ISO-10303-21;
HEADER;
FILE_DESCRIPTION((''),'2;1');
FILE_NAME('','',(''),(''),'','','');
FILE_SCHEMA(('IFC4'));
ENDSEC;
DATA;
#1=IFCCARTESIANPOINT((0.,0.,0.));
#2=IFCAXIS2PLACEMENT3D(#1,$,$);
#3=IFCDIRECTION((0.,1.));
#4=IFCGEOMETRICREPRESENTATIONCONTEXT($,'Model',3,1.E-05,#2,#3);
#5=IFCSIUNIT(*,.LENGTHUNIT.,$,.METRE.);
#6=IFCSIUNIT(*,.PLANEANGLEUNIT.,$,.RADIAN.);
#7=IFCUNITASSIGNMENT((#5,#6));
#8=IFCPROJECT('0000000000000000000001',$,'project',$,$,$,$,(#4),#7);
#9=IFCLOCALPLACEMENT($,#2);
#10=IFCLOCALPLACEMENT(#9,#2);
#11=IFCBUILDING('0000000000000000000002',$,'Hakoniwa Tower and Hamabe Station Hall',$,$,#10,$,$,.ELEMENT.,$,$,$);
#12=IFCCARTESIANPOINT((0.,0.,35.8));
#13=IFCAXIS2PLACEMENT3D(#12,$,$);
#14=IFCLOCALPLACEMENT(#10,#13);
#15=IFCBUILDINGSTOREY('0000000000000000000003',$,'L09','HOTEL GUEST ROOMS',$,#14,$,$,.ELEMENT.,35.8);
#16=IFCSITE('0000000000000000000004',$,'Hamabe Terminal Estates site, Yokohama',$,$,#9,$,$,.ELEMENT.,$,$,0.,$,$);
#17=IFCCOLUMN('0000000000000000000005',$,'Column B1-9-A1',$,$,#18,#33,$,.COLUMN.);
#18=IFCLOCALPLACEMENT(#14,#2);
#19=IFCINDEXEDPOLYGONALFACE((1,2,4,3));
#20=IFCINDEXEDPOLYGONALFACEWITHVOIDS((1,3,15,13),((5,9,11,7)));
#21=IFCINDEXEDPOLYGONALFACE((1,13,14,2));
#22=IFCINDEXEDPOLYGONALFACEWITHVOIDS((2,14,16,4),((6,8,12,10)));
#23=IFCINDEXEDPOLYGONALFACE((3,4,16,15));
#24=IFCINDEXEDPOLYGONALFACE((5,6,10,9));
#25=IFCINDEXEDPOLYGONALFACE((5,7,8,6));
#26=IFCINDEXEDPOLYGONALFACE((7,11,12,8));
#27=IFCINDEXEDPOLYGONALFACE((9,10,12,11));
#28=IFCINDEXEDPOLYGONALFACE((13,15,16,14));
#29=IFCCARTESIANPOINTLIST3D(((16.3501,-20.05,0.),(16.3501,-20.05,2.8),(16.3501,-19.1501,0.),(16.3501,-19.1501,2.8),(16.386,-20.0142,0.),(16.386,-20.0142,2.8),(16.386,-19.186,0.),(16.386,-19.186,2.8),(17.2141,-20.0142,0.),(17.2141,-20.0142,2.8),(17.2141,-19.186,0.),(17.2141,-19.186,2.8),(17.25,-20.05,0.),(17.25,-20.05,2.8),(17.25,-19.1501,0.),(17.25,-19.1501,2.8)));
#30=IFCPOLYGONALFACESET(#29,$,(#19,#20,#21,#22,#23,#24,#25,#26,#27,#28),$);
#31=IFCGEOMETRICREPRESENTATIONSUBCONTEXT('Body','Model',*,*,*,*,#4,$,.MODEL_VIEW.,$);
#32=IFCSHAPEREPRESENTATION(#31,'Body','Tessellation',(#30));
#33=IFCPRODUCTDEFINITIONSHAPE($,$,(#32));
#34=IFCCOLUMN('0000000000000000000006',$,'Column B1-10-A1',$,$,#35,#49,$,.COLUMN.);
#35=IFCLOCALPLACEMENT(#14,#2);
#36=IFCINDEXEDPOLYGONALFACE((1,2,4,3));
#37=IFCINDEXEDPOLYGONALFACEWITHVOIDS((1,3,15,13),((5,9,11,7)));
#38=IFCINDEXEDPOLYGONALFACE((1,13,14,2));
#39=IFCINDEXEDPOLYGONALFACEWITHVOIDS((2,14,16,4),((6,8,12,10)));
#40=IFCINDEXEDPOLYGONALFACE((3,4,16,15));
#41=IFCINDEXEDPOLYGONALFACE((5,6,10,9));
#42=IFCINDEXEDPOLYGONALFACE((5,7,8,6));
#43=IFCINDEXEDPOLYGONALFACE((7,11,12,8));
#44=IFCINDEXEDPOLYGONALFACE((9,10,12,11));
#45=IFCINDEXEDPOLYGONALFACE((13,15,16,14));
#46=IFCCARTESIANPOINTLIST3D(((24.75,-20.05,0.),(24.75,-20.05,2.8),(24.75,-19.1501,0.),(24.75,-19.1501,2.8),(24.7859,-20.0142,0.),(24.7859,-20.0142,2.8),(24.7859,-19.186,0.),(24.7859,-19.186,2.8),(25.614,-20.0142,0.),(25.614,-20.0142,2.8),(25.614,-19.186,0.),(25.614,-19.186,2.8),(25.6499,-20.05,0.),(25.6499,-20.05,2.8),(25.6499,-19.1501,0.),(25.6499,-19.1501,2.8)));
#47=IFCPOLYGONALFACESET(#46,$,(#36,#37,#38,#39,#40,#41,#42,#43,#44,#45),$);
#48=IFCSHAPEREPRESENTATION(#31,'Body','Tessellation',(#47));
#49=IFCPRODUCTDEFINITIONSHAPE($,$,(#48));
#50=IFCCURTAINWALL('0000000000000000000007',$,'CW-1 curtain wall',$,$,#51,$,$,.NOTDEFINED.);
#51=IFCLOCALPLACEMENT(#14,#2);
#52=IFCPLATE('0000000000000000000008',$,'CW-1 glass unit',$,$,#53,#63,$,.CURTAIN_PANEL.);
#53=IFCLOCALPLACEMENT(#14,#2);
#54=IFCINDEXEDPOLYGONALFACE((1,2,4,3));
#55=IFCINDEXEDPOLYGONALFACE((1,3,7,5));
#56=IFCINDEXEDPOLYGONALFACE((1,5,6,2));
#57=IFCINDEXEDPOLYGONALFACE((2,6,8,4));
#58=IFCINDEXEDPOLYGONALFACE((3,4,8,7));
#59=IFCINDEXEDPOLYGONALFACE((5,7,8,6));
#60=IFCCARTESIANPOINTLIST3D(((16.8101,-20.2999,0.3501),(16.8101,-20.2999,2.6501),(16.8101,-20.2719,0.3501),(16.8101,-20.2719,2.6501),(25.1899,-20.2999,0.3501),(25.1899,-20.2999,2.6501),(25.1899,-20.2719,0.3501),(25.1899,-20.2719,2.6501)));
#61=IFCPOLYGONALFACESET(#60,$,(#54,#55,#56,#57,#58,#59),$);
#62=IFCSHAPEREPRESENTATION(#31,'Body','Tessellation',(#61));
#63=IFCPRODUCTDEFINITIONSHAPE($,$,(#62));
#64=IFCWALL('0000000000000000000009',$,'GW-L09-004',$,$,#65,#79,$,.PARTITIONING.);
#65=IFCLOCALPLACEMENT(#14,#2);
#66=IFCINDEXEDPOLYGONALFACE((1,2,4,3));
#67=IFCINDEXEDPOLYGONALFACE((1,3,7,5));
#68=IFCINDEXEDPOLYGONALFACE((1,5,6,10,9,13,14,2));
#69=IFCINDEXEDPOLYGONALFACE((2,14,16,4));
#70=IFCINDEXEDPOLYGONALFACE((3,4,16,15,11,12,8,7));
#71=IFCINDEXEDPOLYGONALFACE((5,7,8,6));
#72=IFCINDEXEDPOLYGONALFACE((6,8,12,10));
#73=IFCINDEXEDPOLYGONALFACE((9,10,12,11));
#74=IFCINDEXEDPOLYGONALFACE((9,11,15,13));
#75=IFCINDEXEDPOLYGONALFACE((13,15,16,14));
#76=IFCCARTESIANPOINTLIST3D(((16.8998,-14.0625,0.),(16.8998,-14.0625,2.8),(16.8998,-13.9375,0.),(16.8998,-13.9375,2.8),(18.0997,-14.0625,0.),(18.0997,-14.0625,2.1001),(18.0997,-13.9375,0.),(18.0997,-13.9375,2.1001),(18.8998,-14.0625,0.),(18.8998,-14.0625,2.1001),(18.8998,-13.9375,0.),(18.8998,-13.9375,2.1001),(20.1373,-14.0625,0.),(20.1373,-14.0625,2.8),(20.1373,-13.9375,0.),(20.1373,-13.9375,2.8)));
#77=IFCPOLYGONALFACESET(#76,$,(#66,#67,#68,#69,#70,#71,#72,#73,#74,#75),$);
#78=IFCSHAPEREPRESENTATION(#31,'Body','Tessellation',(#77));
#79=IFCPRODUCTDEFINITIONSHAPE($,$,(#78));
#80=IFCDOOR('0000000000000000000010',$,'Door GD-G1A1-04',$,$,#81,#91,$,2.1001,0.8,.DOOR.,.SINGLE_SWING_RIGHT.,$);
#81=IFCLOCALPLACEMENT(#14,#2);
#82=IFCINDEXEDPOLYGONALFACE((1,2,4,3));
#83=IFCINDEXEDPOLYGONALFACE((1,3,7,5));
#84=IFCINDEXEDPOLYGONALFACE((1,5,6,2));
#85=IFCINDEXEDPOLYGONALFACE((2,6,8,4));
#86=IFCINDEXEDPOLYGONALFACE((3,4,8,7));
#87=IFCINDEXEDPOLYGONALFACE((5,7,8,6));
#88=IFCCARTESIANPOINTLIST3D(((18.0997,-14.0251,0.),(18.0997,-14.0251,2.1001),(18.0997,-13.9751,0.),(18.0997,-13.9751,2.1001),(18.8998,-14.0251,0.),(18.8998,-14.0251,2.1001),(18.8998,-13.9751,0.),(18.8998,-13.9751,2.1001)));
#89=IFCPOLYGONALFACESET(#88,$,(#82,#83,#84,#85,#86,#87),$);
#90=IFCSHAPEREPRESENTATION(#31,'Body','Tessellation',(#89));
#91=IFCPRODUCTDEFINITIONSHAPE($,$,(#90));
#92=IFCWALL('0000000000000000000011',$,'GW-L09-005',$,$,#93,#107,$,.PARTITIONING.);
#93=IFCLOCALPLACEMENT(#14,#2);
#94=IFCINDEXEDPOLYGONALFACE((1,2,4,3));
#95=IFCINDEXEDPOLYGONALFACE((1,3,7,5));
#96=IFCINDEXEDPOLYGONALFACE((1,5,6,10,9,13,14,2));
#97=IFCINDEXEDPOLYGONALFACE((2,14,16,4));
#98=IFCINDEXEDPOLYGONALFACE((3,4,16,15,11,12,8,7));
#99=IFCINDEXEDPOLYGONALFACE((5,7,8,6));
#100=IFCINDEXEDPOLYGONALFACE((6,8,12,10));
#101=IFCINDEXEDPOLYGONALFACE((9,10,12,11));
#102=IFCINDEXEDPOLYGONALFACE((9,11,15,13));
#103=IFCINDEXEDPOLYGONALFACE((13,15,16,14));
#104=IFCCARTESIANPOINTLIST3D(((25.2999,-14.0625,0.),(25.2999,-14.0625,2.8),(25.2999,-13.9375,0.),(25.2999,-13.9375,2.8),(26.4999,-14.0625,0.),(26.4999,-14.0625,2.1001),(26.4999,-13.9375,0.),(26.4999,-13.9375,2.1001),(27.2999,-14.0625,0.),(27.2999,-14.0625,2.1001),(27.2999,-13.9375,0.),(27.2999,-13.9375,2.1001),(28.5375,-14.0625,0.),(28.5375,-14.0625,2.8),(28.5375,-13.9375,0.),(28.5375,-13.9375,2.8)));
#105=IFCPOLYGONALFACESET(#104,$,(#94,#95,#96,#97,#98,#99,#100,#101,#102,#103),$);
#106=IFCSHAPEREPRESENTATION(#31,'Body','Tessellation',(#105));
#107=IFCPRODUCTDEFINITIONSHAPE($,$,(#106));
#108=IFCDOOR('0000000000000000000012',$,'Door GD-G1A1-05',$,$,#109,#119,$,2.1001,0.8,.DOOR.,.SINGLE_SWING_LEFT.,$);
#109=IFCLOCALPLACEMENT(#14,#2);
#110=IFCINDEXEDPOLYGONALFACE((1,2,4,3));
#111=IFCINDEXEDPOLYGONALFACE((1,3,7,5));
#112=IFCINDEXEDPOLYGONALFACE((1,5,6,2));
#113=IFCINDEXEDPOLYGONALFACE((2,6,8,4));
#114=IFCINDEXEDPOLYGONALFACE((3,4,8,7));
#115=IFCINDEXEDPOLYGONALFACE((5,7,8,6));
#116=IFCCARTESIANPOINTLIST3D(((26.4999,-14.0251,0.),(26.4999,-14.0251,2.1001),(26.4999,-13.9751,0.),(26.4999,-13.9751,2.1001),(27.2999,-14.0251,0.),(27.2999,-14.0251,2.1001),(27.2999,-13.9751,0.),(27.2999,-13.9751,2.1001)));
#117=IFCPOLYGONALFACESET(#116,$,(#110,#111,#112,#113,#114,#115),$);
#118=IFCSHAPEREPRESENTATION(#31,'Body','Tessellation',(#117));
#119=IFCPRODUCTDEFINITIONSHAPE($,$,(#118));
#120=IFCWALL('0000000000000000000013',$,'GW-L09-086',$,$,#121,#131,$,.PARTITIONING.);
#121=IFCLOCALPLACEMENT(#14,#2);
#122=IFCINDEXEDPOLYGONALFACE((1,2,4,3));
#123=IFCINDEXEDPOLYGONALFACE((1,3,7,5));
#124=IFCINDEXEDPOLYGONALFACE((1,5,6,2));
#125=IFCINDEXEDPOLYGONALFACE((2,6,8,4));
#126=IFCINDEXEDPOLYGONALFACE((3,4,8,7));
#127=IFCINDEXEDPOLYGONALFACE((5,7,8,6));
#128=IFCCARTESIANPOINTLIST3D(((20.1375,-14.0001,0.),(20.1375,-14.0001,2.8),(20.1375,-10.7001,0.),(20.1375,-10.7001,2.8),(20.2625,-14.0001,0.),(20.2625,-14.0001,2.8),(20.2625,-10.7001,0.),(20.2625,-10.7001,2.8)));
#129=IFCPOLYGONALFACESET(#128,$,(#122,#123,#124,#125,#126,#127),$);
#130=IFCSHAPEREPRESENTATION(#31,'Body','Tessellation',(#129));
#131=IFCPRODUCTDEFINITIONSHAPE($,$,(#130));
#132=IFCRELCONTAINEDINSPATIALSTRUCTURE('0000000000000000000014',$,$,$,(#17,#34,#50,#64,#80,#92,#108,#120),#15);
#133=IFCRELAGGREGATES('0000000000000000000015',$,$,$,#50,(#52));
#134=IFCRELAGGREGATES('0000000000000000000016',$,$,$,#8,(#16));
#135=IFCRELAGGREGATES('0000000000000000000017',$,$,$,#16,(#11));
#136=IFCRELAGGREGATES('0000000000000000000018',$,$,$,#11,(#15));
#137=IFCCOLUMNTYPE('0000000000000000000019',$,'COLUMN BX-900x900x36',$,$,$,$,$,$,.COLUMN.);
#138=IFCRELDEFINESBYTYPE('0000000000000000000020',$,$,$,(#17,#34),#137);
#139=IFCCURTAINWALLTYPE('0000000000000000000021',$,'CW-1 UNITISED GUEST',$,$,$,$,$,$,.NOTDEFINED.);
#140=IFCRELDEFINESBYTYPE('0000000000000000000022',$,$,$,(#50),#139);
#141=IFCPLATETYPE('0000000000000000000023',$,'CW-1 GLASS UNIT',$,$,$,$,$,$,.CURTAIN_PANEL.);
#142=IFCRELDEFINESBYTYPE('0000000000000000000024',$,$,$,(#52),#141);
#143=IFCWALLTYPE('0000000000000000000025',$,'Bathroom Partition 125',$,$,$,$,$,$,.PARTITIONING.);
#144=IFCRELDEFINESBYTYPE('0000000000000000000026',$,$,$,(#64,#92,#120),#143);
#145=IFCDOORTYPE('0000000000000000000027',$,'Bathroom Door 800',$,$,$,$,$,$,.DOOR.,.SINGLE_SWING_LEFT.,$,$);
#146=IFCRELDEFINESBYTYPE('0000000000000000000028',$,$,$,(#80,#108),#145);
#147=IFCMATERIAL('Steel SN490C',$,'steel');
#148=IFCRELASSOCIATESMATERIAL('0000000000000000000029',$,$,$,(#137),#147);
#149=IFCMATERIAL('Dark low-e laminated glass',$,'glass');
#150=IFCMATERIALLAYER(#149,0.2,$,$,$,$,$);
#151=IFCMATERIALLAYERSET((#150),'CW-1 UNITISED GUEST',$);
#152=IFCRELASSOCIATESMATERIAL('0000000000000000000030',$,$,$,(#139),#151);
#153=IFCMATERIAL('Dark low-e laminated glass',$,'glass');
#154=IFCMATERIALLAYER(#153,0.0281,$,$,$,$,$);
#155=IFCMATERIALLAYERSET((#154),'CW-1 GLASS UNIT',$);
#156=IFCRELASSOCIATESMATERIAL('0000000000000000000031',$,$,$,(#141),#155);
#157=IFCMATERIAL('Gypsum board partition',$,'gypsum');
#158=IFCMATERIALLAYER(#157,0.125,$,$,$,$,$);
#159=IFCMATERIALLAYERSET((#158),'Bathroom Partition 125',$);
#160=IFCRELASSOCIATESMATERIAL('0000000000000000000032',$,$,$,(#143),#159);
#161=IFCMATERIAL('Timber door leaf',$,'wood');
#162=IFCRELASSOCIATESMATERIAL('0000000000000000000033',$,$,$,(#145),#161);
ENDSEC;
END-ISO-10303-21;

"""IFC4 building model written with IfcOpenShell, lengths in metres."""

from ifc_helpers import new_model, si_unit, direction, frame, frame_2d, origin, origin_2d, place, context, subcontext, project, spatial, rectangle, hollow_rectangle, extrude, material, layer, layer_set, material_profile, profile_set, type_object, element, fill, aggregate, save


model = new_model("IFC4")

# Units and contexts
model_context = context("Model", 3, precision=1e-05, world=origin(), true_north=direction((0.0, 1.0)))
body_context = subcontext(model_context, "Body", "Model", "MODEL_VIEW")
ifc_project = project(units=[si_unit("LENGTHUNIT", "METRE"), si_unit("PLANEANGLEUNIT", "RADIAN")], contexts=[model_context])

# Site, building, storey
site_placement = place(None, origin())
site = spatial("IfcSite", under=ifc_project, at=site_placement, Name="Hamabe Terminal Estates site, Yokohama", CompositionType="ELEMENT", RefElevation=0.0)
building_placement = place(site_placement, origin())
building = spatial("IfcBuilding", under=site, at=building_placement, Name="Hakoniwa Tower and Hamabe Station Hall", CompositionType="ELEMENT")
storey_placement = place(building_placement, frame((0.0, 0.0, 35.8)))
storey = spatial("IfcBuildingStorey", under=building, at=storey_placement, Name="L09", Description="HOTEL GUEST ROOMS", CompositionType="ELEMENT", Elevation=35.8)

# Columns
ifc_material_1 = material(Name="Steel SN490C", Category="steel")
ifc_material_profile = material_profile(ifc_material_1, hollow_rectangle(XDim=0.8999, YDim=0.8999, WallThickness=0.0359, at=origin_2d()), Name="BX-900x900x36")
ifc_profile_set = profile_set([ifc_material_profile], Name="Steel SN490C")
column_type = type_object("IfcColumnType", Name="COLUMN BX-900x900x36", PredefinedType="COLUMN", material=ifc_profile_set)
for number, where, z_axis, x_axis, name in (
    (1, (16.8, -19.6001, 0.0), (0.0, 0.0, 1.0), (1.0, 0.0, 0.0), "Column B1-9-A1"),
    (2, (25.2, -19.6001, 0.0), (0.0, 0.0, 1.0), (1.0, 0.0, 0.0), "Column B1-10-A1"),
):
    element("IfcColumn", number, at=place(storey_placement, frame(where, z_axis=z_axis, x_axis=x_axis)), inside=storey, type_object=column_type, Name=name, PredefinedType="COLUMN", context=body_context, shape_type="SweptSolid", body=[
        extrude(hollow_rectangle(XDim=0.8999, YDim=0.8999, WallThickness=0.0359, at=origin_2d()), origin(), (0.0, 0.0, 1.0), 2.8),
    ])

# Curtain wall, plate
ifc_material_2 = material(Name="Dark low-e laminated glass", Category="glass")
ifc_layer_1 = layer(ifc_material_2, 0.2)
ifc_layer_set_1 = layer_set([ifc_layer_1], Name="CW-1 UNITISED GUEST")
curtain_wall_type = type_object("IfcCurtainWallType", Name="CW-1 UNITISED GUEST", PredefinedType="NOTDEFINED", material=ifc_layer_set_1)
curtain_wall_placement = place(storey_placement, origin())
curtain_wall = element("IfcCurtainWall", 3, at=curtain_wall_placement, inside=storey, type_object=curtain_wall_type, Name="CW-1 curtain wall", PredefinedType="NOTDEFINED")
ifc_material_3 = material(Name="Dark low-e laminated glass", Category="glass")
ifc_layer_2 = layer(ifc_material_3, 0.0281)
ifc_layer_set_2 = layer_set([ifc_layer_2], Name="CW-1 GLASS UNIT")
plate_type = type_object("IfcPlateType", Name="CW-1 GLASS UNIT", PredefinedType="CURTAIN_PANEL", material=ifc_layer_set_2)
plate_placement = place(storey_placement, frame((21.0, -20.2859, 0.3501), z_axis=(0.0, 0.0, 1.0), x_axis=(1.0, 0.0, 0.0)))
plate = element("IfcPlate", 4, at=plate_placement, type_object=plate_type, Name="CW-1 glass unit", PredefinedType="CURTAIN_PANEL", context=body_context, shape_type="SweptSolid", body=[
    extrude(rectangle(XDim=8.3799, YDim=0.0281, at=origin_2d()), origin(), (0.0, 0.0, 1.0), 2.3),
])
aggregate(curtain_wall, [plate])

# Walls, openings, doors
ifc_material_4 = material(Name="Gypsum board partition", Category="gypsum")
ifc_layer_3 = layer(ifc_material_4, 0.125)
ifc_layer_set_3 = layer_set([ifc_layer_3], Name="Bathroom Partition 125")
wall_type_1 = type_object("IfcWallType", Name="Bathroom Partition 125", PredefinedType="PARTITIONING", material=ifc_layer_set_3)
wall_1_placement = place(storey_placement, frame((16.8999, -14.0, 0.0), z_axis=(0.0, 0.0, 1.0), x_axis=(1.0, 0.0, 0.0)))
wall_1 = element("IfcWall", 5, at=wall_1_placement, inside=storey, type_object=wall_type_1, Name="GW-L09-004", PredefinedType="PARTITIONING", context=body_context, shape_type="SweptSolid", body=[
    extrude(rectangle(XDim=3.2375, YDim=0.125, at=frame_2d((1.6187, 0.0))), origin(), (0.0, 0.0, 1.0), 2.8),
])
opening_1_placement = place(wall_1_placement, frame((1.2, 0.0, 0.0)))
opening_1 = element("IfcOpeningElement", 6, at=opening_1_placement, cuts=wall_1, PredefinedType="OPENING", context=body_context, shape_type="SweptSolid", body=[
    extrude(rectangle(XDim=0.8, YDim=2.1001, at=frame_2d((0.3999, 1.05))), frame((0.0, 0.0725, 0.0), z_axis=(0.0, -1.0, 0.0), x_axis=(1.0, 0.0, 0.0)), (0.0, 0.0, 1.0), 0.145),
])
ifc_material_5 = material(Name="Timber door leaf", Category="wood")
door_type_1 = type_object("IfcDoorType", Name="Bathroom Door 800", OperationType="SINGLE_SWING_LEFT", PredefinedType="DOOR", material=ifc_material_5)
door_1_placement = place(opening_1_placement, origin())
door_1 = element("IfcDoor", 7, at=door_1_placement, inside=storey, type_object=door_type_1, Name="Door GD-G1A1-04", OperationType="SINGLE_SWING_RIGHT", OverallHeight=2.1001, OverallWidth=0.8, PredefinedType="DOOR", context=body_context, shape_type="SweptSolid", body=[
    extrude(rectangle(XDim=0.8, YDim=2.1001, at=frame_2d((0.3999, 1.05))), frame((0.0, 0.0249, 0.0), z_axis=(0.0, -1.0, 0.0), x_axis=(1.0, 0.0, 0.0)), (0.0, 0.0, 1.0), 0.05),
])
fill(opening_1, door_1)
wall_2_placement = place(storey_placement, frame((25.3, -14.0, 0.0), z_axis=(0.0, 0.0, 1.0), x_axis=(1.0, 0.0, 0.0)))
wall_2 = element("IfcWall", 8, at=wall_2_placement, inside=storey, type_object=wall_type_1, Name="GW-L09-005", PredefinedType="PARTITIONING", context=body_context, shape_type="SweptSolid", body=[
    extrude(rectangle(XDim=3.2375, YDim=0.125, at=frame_2d((1.6187, 0.0))), origin(), (0.0, 0.0, 1.0), 2.8),
])
opening_2_placement = place(wall_2_placement, frame((1.2, 0.0, 0.0)))
opening_2 = element("IfcOpeningElement", 9, at=opening_2_placement, cuts=wall_2, PredefinedType="OPENING", context=body_context, shape_type="SweptSolid", body=[
    extrude(rectangle(XDim=0.8, YDim=2.1001, at=frame_2d((0.3999, 1.05))), frame((0.0, 0.0725, 0.0), z_axis=(0.0, -1.0, 0.0), x_axis=(1.0, 0.0, 0.0)), (0.0, 0.0, 1.0), 0.145),
])
door_2_placement = place(opening_2_placement, origin())
door_2 = element("IfcDoor", 10, at=door_2_placement, inside=storey, type_object=door_type_1, Name="Door GD-G1A1-05", OperationType="SINGLE_SWING_LEFT", OverallHeight=2.1001, OverallWidth=0.8, PredefinedType="DOOR", context=body_context, shape_type="SweptSolid", body=[
    extrude(rectangle(XDim=0.8, YDim=2.1001, at=frame_2d((0.3999, 1.05))), frame((0.0, 0.0249, 0.0), z_axis=(0.0, -1.0, 0.0), x_axis=(1.0, 0.0, 0.0)), (0.0, 0.0, 1.0), 0.05),
])
fill(opening_2, door_2)

# Wall
wall_3_placement = place(storey_placement, frame((20.2, -14.0, 0.0), z_axis=(0.0, 0.0, 1.0), x_axis=(0.0, 1.0, 0.0)))
element("IfcWall", 11, at=wall_3_placement, inside=storey, type_object=wall_type_1, Name="GW-L09-086", PredefinedType="PARTITIONING", context=body_context, shape_type="SweptSolid", body=[
    extrude(rectangle(XDim=3.3, YDim=0.125, at=frame_2d((1.6499, 0.0))), origin(), (0.0, 0.0, 1.0), 2.8),
])

save(model, "model.ifc")
